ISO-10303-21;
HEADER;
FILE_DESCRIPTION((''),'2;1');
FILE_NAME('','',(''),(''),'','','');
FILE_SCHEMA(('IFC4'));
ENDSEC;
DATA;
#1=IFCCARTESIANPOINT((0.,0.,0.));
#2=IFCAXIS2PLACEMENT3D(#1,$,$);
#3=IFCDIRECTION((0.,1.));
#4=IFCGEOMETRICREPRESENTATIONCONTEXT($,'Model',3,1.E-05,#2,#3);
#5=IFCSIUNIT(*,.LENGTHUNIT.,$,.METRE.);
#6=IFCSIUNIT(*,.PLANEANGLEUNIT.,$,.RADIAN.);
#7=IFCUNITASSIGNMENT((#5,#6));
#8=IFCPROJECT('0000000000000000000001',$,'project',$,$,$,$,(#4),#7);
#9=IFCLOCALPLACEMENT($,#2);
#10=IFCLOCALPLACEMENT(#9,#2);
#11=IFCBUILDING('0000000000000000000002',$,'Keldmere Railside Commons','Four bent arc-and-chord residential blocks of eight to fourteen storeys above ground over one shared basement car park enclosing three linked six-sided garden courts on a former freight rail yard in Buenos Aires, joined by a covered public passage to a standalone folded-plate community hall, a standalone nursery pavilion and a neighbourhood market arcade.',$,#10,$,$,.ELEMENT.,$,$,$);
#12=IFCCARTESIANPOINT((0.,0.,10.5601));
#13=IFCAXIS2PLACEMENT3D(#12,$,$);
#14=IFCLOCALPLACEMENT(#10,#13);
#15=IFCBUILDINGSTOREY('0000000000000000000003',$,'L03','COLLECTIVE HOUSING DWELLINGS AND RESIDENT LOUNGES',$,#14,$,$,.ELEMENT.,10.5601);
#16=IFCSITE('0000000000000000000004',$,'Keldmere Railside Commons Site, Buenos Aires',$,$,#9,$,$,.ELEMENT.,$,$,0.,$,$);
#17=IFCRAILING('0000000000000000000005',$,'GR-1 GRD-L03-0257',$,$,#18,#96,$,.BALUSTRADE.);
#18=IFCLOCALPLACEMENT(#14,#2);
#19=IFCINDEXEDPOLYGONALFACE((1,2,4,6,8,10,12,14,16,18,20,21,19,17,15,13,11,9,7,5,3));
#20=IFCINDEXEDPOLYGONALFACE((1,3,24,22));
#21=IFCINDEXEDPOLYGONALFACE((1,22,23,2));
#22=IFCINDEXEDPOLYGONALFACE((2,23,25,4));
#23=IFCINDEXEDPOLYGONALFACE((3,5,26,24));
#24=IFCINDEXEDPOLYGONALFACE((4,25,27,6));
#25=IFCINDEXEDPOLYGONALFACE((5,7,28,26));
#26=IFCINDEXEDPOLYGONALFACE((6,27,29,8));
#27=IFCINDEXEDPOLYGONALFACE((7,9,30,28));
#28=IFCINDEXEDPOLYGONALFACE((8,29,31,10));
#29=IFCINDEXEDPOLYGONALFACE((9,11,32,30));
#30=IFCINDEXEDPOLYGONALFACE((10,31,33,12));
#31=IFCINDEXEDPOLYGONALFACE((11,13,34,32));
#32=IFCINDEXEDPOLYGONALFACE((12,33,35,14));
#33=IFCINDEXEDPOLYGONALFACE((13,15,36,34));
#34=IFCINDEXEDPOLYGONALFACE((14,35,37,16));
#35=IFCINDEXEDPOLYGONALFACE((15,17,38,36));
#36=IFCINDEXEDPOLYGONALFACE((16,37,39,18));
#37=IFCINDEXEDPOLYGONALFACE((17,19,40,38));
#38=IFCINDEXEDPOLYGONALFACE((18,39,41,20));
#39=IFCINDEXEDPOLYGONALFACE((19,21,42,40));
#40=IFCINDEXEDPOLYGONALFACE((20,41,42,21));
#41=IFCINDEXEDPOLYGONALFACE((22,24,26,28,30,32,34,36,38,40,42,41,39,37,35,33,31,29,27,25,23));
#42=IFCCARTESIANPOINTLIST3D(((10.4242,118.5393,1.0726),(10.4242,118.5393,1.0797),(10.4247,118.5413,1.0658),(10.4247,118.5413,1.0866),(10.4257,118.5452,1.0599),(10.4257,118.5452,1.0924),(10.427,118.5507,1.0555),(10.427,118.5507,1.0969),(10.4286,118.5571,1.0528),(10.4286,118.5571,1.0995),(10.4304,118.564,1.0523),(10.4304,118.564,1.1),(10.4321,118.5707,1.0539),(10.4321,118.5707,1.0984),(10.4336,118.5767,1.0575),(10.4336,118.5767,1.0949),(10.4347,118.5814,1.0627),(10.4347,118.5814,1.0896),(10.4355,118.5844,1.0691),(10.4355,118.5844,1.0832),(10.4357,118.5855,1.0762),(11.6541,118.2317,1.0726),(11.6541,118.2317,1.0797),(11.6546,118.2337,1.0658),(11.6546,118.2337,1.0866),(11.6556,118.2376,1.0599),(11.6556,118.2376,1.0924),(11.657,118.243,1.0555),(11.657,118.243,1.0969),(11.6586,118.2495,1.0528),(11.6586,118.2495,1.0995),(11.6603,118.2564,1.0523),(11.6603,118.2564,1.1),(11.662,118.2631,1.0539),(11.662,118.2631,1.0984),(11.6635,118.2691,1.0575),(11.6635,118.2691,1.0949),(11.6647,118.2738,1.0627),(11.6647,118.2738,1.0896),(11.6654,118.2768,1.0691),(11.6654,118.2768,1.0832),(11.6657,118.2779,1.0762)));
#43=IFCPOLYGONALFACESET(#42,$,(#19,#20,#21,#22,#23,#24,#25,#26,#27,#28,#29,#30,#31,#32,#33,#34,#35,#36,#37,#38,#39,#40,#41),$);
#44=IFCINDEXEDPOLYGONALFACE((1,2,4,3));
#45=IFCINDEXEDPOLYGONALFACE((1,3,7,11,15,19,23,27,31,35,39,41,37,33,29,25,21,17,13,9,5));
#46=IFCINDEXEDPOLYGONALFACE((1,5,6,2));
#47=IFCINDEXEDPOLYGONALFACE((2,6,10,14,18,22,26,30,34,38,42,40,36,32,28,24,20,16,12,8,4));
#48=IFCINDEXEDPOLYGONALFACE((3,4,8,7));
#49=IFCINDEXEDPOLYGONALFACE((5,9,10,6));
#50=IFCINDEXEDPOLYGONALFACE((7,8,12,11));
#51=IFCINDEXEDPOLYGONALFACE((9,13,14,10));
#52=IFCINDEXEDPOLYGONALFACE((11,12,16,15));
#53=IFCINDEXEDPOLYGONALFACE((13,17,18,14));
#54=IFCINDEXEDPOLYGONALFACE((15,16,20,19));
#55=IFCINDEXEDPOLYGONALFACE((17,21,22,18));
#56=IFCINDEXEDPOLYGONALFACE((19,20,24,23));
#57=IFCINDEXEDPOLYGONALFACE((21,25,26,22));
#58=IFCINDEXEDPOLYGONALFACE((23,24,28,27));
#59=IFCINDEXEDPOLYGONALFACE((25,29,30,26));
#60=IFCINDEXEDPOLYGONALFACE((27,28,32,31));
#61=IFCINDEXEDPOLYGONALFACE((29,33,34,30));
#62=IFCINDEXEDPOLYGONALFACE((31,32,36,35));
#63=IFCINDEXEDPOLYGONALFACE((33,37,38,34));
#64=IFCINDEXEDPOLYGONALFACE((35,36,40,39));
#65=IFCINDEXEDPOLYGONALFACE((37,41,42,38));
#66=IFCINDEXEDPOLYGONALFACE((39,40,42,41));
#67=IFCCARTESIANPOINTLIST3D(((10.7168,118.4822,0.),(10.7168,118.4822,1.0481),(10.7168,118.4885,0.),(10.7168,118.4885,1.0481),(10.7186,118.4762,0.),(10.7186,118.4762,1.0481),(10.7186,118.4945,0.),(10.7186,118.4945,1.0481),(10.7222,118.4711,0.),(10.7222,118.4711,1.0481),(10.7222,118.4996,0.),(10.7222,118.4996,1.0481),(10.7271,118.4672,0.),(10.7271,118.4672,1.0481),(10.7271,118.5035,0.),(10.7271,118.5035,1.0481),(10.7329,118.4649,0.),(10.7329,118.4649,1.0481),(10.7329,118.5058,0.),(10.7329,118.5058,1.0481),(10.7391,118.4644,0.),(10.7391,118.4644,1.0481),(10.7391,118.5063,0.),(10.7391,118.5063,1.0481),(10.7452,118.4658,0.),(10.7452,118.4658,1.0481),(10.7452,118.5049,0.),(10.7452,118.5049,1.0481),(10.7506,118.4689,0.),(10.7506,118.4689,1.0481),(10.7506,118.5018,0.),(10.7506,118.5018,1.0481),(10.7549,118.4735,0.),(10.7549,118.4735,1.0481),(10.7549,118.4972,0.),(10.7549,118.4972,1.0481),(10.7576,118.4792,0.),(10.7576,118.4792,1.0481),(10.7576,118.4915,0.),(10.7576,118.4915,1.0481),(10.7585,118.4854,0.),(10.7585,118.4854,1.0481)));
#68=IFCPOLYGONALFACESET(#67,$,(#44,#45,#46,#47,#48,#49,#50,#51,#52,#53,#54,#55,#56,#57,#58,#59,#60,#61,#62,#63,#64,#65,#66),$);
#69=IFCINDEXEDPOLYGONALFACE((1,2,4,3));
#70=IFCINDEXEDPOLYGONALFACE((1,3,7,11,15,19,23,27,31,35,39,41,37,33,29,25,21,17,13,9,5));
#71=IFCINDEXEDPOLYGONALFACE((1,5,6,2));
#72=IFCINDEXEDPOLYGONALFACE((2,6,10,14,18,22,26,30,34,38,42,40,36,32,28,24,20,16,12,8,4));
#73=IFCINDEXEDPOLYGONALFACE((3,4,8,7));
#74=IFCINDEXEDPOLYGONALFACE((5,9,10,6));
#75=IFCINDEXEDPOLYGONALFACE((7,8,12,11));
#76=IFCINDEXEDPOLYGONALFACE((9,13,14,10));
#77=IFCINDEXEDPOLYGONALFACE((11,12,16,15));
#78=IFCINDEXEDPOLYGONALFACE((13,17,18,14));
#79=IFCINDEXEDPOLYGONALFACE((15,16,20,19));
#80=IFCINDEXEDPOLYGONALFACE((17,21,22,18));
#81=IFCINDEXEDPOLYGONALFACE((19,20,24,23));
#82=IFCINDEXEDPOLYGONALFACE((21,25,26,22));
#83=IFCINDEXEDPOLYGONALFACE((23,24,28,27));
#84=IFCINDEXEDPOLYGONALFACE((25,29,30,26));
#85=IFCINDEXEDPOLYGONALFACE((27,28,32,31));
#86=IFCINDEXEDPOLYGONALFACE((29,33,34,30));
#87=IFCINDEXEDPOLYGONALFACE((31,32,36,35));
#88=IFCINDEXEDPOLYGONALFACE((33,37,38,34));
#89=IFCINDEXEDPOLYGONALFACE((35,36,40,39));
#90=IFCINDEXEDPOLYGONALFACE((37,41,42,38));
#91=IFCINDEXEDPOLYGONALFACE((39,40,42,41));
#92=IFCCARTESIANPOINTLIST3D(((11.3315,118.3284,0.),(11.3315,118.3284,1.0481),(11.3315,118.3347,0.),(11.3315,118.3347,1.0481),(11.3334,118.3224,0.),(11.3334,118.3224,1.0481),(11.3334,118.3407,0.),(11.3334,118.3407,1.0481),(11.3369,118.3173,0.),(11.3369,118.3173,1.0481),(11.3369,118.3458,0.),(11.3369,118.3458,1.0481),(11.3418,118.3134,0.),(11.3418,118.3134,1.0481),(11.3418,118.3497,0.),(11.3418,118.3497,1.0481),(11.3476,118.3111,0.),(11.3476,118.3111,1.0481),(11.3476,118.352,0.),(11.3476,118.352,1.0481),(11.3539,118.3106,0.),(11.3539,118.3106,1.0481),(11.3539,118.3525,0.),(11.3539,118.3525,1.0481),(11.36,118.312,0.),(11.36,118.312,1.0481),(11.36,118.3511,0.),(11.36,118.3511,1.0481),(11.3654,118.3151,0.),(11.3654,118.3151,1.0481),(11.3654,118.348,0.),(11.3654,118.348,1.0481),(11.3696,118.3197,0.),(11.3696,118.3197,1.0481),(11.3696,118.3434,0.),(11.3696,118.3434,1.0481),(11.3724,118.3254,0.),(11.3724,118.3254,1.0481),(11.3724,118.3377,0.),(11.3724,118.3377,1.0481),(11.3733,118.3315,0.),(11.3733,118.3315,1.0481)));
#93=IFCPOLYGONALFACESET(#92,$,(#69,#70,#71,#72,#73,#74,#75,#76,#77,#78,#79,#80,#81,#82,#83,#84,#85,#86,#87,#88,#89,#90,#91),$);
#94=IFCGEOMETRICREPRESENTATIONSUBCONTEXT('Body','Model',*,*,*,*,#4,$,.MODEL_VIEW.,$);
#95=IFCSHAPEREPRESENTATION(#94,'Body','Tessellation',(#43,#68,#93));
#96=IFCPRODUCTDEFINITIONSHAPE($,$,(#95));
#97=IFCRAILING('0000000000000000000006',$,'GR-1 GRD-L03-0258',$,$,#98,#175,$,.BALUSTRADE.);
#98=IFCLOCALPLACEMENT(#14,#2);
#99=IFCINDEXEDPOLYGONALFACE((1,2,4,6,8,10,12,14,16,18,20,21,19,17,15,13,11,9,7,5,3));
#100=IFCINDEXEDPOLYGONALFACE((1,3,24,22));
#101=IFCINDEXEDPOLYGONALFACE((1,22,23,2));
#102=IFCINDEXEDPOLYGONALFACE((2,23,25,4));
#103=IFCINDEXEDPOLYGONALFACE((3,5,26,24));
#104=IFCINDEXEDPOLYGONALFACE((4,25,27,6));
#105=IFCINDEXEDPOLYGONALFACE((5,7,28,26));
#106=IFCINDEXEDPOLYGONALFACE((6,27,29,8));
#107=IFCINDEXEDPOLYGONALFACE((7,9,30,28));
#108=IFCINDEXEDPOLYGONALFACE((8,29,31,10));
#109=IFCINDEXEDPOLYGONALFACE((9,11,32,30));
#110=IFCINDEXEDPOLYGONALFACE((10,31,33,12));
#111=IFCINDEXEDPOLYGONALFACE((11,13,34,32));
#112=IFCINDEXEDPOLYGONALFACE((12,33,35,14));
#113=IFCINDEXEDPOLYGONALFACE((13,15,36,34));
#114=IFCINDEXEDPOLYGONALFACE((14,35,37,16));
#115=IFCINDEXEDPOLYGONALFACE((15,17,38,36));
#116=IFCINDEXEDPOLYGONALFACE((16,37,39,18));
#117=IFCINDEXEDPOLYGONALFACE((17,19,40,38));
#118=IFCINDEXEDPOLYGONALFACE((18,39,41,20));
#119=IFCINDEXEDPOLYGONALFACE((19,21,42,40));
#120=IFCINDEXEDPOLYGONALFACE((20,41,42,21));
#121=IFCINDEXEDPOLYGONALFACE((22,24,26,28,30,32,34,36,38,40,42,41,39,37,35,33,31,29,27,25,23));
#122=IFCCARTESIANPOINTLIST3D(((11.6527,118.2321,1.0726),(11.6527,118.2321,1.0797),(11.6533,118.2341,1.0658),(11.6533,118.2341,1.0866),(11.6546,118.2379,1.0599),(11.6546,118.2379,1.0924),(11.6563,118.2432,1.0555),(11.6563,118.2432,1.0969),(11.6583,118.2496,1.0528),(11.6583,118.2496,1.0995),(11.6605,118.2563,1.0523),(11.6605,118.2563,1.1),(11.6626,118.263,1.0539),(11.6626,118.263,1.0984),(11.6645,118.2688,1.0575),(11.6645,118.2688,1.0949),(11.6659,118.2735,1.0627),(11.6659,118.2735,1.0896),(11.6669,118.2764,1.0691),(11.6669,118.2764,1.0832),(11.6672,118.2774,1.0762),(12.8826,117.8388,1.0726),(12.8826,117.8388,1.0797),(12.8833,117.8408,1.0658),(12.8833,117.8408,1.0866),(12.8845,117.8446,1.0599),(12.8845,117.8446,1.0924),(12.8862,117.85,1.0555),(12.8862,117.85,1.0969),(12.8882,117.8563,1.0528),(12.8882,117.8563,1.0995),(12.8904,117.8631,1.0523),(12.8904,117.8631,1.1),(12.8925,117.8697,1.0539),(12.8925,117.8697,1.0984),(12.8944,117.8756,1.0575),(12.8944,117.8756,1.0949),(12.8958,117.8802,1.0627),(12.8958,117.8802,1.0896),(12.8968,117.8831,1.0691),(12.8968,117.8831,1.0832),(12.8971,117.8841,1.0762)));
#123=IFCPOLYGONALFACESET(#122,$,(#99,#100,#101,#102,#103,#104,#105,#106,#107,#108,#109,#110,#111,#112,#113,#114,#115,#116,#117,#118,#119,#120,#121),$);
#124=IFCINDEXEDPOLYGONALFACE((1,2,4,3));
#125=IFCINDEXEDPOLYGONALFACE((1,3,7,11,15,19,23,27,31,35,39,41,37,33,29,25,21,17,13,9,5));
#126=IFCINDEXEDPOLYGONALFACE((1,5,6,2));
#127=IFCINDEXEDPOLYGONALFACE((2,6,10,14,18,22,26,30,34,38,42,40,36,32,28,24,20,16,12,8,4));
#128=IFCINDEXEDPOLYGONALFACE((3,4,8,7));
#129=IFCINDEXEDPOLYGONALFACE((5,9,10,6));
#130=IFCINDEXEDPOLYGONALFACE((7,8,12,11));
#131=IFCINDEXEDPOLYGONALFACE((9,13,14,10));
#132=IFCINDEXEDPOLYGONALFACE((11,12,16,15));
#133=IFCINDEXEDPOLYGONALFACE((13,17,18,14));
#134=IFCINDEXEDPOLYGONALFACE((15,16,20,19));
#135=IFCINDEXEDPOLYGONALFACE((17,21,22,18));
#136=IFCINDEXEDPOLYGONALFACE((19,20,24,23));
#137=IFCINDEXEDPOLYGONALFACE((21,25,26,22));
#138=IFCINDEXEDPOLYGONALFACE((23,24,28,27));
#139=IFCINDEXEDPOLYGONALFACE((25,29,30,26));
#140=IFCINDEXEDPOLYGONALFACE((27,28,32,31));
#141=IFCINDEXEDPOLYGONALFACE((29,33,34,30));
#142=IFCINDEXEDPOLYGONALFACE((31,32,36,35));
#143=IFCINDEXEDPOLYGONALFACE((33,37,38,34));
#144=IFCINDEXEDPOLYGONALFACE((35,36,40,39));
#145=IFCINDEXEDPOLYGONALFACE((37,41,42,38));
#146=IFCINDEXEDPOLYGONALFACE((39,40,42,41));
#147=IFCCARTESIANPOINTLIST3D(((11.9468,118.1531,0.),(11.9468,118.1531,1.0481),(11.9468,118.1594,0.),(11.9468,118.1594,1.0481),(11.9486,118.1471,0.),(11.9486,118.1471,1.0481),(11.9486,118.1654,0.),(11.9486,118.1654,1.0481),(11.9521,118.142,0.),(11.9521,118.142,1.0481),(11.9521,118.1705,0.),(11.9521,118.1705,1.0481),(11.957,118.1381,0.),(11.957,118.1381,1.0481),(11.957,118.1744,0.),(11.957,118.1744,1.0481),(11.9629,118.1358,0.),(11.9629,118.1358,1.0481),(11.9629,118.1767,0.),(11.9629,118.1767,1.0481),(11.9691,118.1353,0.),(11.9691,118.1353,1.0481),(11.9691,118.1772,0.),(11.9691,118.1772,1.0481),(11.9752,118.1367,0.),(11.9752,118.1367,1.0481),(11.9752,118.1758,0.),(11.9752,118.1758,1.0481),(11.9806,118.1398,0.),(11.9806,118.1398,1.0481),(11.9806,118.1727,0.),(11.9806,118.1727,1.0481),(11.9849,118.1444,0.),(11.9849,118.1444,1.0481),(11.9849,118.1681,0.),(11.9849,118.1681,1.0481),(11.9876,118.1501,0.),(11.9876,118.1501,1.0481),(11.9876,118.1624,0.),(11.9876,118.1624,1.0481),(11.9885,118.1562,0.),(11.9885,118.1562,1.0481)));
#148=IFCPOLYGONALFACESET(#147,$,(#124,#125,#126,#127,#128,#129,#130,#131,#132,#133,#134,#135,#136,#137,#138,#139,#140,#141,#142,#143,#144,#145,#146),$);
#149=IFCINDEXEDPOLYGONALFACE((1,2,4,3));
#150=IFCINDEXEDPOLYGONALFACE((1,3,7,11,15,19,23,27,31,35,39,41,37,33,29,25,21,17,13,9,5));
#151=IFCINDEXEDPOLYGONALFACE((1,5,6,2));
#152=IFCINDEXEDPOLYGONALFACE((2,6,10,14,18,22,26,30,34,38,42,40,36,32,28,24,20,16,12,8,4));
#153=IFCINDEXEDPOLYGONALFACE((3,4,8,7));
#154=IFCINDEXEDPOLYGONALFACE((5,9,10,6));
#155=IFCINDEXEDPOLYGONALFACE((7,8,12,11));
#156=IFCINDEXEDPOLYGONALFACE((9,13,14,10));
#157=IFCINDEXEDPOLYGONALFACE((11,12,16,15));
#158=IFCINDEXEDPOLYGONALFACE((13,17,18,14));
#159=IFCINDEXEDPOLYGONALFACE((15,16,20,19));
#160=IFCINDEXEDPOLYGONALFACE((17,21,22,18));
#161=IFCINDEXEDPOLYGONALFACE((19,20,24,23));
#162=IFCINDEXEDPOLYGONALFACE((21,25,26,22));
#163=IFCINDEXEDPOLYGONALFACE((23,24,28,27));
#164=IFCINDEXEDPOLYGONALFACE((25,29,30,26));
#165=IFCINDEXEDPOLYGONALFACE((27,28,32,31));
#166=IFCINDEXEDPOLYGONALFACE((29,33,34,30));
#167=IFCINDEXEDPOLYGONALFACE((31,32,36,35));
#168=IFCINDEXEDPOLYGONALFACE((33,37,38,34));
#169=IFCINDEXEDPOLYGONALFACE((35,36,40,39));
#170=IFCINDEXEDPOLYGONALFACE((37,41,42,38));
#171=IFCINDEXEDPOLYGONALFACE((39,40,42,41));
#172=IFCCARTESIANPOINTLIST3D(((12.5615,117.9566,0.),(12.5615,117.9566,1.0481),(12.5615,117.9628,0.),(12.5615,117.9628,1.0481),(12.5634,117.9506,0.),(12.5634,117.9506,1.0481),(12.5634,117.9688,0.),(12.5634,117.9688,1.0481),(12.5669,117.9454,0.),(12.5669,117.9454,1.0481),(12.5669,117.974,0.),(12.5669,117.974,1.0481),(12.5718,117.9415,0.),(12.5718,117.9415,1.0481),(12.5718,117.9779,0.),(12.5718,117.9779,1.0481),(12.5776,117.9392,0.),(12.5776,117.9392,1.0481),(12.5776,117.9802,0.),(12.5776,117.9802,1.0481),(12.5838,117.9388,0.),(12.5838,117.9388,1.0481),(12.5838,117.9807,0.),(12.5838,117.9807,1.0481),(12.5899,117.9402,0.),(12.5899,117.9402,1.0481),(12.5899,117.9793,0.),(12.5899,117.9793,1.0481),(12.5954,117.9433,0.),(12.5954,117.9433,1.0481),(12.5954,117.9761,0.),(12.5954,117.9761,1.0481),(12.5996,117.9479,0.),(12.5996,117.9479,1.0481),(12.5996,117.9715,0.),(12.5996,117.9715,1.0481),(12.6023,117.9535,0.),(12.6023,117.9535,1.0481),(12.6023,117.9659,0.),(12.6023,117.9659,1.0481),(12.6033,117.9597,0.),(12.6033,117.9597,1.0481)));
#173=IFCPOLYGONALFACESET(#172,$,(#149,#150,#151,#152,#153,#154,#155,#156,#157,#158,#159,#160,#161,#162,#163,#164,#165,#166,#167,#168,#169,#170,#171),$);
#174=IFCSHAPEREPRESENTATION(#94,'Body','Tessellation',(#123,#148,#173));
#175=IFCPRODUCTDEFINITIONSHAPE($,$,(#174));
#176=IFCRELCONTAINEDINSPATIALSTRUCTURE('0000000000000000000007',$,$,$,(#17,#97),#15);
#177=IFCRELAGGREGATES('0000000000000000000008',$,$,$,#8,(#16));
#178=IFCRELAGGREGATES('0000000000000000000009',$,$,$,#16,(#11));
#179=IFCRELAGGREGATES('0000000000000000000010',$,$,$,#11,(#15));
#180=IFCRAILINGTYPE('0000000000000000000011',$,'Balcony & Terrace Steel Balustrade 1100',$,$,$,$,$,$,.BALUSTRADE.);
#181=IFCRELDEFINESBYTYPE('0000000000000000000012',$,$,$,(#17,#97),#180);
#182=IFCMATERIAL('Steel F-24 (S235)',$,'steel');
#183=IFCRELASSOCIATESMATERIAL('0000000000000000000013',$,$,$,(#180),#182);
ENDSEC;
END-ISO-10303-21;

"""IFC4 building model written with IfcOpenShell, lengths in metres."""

from ifc_helpers import new_model, si_unit, direction, frame, origin, origin_2d, place, context, subcontext, project, spatial, circle, extrude, material, type_object, element, save


model = new_model("IFC4")

# Units and contexts
model_context = context("Model", 3, precision=1e-05, world=origin(), true_north=direction((0.0, 1.0)))
body_context = subcontext(model_context, "Body", "Model", "MODEL_VIEW")
ifc_project = project(units=[si_unit("LENGTHUNIT", "METRE"), si_unit("PLANEANGLEUNIT", "RADIAN")], contexts=[model_context])

# Site, building, storey
site_placement = place(None, origin())
site = spatial("IfcSite", under=ifc_project, at=site_placement, Name="Keldmere Railside Commons Site, Buenos Aires", CompositionType="ELEMENT", RefElevation=0.0)
building_placement = place(site_placement, origin())
building = spatial("IfcBuilding", under=site, at=building_placement, Name="Keldmere Railside Commons", Description="Four bent arc-and-chord residential blocks of eight to fourteen storeys above ground over one shared basement car park enclosing three linked six-sided garden courts on a former freight rail yard in Buenos Aires, joined by a covered public passage to a standalone folded-plate community hall, a standalone nursery pavilion and a neighbourhood market arcade.", CompositionType="ELEMENT")
storey_placement = place(building_placement, frame((0.0, 0.0, 10.5601)))
storey = spatial("IfcBuildingStorey", under=building, at=storey_placement, Name="L03", Description="COLLECTIVE HOUSING DWELLINGS AND RESIDENT LOUNGES", CompositionType="ELEMENT", Elevation=10.5601)

# Railings
ifc_material_1 = material(Name="Steel F-24 (S235)", Category="steel")
railing_type = type_object("IfcRailingType", Name="Balcony & Terrace Steel Balustrade 1100", PredefinedType="BALUSTRADE", material=ifc_material_1)
railing_1_placement = place(storey_placement, frame((10.4299, 118.5623, 0.0)))
element("IfcRailing", 1, at=railing_1_placement, inside=storey, type_object=railing_type, Name="GR-1 GRD-L03-0257", PredefinedType="BALUSTRADE", context=body_context, shape_type="SweptSolid", body=[
    extrude(circle(Radius=0.0239, at=origin_2d()), frame((0.0, 0.0, 1.0762), z_axis=(0.97012, -0.242626, 0.0), x_axis=(0.242626, 0.97012, 0.0)), (0.0, 0.0, 1.0), 1.2678),
    extrude(circle(Radius=0.021, at=origin_2d()), frame((0.3076, -0.0769, 0.0)), (0.0, 0.0, 1.0), 1.0481),
    extrude(circle(Radius=0.021, at=origin_2d()), frame((0.9224, -0.2307, 0.0)), (0.0, 0.0, 1.0), 1.0481),
])
railing_2_placement = place(storey_placement, frame((11.6599, 118.2546, 0.0)))
element("IfcRailing", 2, at=railing_2_placement, inside=storey, type_object=railing_type, Name="GR-1 GRD-L03-0258", PredefinedType="BALUSTRADE", context=body_context, shape_type="SweptSolid", body=[
    extrude(circle(Radius=0.0239, at=origin_2d()), frame((0.0, 0.0, 1.0762), z_axis=(0.952488, -0.304577, 0.0), x_axis=(0.304577, 0.952488, 0.0)), (0.0, 0.0, 1.0), 1.2913),
    extrude(circle(Radius=0.021, at=origin_2d()), frame((0.3076, -0.0984, 0.0)), (0.0, 0.0, 1.0), 1.0481),
    extrude(circle(Radius=0.021, at=origin_2d()), frame((0.9224, -0.2949, 0.0)), (0.0, 0.0, 1.0), 1.0481),
])

save(model, "model.ifc")
